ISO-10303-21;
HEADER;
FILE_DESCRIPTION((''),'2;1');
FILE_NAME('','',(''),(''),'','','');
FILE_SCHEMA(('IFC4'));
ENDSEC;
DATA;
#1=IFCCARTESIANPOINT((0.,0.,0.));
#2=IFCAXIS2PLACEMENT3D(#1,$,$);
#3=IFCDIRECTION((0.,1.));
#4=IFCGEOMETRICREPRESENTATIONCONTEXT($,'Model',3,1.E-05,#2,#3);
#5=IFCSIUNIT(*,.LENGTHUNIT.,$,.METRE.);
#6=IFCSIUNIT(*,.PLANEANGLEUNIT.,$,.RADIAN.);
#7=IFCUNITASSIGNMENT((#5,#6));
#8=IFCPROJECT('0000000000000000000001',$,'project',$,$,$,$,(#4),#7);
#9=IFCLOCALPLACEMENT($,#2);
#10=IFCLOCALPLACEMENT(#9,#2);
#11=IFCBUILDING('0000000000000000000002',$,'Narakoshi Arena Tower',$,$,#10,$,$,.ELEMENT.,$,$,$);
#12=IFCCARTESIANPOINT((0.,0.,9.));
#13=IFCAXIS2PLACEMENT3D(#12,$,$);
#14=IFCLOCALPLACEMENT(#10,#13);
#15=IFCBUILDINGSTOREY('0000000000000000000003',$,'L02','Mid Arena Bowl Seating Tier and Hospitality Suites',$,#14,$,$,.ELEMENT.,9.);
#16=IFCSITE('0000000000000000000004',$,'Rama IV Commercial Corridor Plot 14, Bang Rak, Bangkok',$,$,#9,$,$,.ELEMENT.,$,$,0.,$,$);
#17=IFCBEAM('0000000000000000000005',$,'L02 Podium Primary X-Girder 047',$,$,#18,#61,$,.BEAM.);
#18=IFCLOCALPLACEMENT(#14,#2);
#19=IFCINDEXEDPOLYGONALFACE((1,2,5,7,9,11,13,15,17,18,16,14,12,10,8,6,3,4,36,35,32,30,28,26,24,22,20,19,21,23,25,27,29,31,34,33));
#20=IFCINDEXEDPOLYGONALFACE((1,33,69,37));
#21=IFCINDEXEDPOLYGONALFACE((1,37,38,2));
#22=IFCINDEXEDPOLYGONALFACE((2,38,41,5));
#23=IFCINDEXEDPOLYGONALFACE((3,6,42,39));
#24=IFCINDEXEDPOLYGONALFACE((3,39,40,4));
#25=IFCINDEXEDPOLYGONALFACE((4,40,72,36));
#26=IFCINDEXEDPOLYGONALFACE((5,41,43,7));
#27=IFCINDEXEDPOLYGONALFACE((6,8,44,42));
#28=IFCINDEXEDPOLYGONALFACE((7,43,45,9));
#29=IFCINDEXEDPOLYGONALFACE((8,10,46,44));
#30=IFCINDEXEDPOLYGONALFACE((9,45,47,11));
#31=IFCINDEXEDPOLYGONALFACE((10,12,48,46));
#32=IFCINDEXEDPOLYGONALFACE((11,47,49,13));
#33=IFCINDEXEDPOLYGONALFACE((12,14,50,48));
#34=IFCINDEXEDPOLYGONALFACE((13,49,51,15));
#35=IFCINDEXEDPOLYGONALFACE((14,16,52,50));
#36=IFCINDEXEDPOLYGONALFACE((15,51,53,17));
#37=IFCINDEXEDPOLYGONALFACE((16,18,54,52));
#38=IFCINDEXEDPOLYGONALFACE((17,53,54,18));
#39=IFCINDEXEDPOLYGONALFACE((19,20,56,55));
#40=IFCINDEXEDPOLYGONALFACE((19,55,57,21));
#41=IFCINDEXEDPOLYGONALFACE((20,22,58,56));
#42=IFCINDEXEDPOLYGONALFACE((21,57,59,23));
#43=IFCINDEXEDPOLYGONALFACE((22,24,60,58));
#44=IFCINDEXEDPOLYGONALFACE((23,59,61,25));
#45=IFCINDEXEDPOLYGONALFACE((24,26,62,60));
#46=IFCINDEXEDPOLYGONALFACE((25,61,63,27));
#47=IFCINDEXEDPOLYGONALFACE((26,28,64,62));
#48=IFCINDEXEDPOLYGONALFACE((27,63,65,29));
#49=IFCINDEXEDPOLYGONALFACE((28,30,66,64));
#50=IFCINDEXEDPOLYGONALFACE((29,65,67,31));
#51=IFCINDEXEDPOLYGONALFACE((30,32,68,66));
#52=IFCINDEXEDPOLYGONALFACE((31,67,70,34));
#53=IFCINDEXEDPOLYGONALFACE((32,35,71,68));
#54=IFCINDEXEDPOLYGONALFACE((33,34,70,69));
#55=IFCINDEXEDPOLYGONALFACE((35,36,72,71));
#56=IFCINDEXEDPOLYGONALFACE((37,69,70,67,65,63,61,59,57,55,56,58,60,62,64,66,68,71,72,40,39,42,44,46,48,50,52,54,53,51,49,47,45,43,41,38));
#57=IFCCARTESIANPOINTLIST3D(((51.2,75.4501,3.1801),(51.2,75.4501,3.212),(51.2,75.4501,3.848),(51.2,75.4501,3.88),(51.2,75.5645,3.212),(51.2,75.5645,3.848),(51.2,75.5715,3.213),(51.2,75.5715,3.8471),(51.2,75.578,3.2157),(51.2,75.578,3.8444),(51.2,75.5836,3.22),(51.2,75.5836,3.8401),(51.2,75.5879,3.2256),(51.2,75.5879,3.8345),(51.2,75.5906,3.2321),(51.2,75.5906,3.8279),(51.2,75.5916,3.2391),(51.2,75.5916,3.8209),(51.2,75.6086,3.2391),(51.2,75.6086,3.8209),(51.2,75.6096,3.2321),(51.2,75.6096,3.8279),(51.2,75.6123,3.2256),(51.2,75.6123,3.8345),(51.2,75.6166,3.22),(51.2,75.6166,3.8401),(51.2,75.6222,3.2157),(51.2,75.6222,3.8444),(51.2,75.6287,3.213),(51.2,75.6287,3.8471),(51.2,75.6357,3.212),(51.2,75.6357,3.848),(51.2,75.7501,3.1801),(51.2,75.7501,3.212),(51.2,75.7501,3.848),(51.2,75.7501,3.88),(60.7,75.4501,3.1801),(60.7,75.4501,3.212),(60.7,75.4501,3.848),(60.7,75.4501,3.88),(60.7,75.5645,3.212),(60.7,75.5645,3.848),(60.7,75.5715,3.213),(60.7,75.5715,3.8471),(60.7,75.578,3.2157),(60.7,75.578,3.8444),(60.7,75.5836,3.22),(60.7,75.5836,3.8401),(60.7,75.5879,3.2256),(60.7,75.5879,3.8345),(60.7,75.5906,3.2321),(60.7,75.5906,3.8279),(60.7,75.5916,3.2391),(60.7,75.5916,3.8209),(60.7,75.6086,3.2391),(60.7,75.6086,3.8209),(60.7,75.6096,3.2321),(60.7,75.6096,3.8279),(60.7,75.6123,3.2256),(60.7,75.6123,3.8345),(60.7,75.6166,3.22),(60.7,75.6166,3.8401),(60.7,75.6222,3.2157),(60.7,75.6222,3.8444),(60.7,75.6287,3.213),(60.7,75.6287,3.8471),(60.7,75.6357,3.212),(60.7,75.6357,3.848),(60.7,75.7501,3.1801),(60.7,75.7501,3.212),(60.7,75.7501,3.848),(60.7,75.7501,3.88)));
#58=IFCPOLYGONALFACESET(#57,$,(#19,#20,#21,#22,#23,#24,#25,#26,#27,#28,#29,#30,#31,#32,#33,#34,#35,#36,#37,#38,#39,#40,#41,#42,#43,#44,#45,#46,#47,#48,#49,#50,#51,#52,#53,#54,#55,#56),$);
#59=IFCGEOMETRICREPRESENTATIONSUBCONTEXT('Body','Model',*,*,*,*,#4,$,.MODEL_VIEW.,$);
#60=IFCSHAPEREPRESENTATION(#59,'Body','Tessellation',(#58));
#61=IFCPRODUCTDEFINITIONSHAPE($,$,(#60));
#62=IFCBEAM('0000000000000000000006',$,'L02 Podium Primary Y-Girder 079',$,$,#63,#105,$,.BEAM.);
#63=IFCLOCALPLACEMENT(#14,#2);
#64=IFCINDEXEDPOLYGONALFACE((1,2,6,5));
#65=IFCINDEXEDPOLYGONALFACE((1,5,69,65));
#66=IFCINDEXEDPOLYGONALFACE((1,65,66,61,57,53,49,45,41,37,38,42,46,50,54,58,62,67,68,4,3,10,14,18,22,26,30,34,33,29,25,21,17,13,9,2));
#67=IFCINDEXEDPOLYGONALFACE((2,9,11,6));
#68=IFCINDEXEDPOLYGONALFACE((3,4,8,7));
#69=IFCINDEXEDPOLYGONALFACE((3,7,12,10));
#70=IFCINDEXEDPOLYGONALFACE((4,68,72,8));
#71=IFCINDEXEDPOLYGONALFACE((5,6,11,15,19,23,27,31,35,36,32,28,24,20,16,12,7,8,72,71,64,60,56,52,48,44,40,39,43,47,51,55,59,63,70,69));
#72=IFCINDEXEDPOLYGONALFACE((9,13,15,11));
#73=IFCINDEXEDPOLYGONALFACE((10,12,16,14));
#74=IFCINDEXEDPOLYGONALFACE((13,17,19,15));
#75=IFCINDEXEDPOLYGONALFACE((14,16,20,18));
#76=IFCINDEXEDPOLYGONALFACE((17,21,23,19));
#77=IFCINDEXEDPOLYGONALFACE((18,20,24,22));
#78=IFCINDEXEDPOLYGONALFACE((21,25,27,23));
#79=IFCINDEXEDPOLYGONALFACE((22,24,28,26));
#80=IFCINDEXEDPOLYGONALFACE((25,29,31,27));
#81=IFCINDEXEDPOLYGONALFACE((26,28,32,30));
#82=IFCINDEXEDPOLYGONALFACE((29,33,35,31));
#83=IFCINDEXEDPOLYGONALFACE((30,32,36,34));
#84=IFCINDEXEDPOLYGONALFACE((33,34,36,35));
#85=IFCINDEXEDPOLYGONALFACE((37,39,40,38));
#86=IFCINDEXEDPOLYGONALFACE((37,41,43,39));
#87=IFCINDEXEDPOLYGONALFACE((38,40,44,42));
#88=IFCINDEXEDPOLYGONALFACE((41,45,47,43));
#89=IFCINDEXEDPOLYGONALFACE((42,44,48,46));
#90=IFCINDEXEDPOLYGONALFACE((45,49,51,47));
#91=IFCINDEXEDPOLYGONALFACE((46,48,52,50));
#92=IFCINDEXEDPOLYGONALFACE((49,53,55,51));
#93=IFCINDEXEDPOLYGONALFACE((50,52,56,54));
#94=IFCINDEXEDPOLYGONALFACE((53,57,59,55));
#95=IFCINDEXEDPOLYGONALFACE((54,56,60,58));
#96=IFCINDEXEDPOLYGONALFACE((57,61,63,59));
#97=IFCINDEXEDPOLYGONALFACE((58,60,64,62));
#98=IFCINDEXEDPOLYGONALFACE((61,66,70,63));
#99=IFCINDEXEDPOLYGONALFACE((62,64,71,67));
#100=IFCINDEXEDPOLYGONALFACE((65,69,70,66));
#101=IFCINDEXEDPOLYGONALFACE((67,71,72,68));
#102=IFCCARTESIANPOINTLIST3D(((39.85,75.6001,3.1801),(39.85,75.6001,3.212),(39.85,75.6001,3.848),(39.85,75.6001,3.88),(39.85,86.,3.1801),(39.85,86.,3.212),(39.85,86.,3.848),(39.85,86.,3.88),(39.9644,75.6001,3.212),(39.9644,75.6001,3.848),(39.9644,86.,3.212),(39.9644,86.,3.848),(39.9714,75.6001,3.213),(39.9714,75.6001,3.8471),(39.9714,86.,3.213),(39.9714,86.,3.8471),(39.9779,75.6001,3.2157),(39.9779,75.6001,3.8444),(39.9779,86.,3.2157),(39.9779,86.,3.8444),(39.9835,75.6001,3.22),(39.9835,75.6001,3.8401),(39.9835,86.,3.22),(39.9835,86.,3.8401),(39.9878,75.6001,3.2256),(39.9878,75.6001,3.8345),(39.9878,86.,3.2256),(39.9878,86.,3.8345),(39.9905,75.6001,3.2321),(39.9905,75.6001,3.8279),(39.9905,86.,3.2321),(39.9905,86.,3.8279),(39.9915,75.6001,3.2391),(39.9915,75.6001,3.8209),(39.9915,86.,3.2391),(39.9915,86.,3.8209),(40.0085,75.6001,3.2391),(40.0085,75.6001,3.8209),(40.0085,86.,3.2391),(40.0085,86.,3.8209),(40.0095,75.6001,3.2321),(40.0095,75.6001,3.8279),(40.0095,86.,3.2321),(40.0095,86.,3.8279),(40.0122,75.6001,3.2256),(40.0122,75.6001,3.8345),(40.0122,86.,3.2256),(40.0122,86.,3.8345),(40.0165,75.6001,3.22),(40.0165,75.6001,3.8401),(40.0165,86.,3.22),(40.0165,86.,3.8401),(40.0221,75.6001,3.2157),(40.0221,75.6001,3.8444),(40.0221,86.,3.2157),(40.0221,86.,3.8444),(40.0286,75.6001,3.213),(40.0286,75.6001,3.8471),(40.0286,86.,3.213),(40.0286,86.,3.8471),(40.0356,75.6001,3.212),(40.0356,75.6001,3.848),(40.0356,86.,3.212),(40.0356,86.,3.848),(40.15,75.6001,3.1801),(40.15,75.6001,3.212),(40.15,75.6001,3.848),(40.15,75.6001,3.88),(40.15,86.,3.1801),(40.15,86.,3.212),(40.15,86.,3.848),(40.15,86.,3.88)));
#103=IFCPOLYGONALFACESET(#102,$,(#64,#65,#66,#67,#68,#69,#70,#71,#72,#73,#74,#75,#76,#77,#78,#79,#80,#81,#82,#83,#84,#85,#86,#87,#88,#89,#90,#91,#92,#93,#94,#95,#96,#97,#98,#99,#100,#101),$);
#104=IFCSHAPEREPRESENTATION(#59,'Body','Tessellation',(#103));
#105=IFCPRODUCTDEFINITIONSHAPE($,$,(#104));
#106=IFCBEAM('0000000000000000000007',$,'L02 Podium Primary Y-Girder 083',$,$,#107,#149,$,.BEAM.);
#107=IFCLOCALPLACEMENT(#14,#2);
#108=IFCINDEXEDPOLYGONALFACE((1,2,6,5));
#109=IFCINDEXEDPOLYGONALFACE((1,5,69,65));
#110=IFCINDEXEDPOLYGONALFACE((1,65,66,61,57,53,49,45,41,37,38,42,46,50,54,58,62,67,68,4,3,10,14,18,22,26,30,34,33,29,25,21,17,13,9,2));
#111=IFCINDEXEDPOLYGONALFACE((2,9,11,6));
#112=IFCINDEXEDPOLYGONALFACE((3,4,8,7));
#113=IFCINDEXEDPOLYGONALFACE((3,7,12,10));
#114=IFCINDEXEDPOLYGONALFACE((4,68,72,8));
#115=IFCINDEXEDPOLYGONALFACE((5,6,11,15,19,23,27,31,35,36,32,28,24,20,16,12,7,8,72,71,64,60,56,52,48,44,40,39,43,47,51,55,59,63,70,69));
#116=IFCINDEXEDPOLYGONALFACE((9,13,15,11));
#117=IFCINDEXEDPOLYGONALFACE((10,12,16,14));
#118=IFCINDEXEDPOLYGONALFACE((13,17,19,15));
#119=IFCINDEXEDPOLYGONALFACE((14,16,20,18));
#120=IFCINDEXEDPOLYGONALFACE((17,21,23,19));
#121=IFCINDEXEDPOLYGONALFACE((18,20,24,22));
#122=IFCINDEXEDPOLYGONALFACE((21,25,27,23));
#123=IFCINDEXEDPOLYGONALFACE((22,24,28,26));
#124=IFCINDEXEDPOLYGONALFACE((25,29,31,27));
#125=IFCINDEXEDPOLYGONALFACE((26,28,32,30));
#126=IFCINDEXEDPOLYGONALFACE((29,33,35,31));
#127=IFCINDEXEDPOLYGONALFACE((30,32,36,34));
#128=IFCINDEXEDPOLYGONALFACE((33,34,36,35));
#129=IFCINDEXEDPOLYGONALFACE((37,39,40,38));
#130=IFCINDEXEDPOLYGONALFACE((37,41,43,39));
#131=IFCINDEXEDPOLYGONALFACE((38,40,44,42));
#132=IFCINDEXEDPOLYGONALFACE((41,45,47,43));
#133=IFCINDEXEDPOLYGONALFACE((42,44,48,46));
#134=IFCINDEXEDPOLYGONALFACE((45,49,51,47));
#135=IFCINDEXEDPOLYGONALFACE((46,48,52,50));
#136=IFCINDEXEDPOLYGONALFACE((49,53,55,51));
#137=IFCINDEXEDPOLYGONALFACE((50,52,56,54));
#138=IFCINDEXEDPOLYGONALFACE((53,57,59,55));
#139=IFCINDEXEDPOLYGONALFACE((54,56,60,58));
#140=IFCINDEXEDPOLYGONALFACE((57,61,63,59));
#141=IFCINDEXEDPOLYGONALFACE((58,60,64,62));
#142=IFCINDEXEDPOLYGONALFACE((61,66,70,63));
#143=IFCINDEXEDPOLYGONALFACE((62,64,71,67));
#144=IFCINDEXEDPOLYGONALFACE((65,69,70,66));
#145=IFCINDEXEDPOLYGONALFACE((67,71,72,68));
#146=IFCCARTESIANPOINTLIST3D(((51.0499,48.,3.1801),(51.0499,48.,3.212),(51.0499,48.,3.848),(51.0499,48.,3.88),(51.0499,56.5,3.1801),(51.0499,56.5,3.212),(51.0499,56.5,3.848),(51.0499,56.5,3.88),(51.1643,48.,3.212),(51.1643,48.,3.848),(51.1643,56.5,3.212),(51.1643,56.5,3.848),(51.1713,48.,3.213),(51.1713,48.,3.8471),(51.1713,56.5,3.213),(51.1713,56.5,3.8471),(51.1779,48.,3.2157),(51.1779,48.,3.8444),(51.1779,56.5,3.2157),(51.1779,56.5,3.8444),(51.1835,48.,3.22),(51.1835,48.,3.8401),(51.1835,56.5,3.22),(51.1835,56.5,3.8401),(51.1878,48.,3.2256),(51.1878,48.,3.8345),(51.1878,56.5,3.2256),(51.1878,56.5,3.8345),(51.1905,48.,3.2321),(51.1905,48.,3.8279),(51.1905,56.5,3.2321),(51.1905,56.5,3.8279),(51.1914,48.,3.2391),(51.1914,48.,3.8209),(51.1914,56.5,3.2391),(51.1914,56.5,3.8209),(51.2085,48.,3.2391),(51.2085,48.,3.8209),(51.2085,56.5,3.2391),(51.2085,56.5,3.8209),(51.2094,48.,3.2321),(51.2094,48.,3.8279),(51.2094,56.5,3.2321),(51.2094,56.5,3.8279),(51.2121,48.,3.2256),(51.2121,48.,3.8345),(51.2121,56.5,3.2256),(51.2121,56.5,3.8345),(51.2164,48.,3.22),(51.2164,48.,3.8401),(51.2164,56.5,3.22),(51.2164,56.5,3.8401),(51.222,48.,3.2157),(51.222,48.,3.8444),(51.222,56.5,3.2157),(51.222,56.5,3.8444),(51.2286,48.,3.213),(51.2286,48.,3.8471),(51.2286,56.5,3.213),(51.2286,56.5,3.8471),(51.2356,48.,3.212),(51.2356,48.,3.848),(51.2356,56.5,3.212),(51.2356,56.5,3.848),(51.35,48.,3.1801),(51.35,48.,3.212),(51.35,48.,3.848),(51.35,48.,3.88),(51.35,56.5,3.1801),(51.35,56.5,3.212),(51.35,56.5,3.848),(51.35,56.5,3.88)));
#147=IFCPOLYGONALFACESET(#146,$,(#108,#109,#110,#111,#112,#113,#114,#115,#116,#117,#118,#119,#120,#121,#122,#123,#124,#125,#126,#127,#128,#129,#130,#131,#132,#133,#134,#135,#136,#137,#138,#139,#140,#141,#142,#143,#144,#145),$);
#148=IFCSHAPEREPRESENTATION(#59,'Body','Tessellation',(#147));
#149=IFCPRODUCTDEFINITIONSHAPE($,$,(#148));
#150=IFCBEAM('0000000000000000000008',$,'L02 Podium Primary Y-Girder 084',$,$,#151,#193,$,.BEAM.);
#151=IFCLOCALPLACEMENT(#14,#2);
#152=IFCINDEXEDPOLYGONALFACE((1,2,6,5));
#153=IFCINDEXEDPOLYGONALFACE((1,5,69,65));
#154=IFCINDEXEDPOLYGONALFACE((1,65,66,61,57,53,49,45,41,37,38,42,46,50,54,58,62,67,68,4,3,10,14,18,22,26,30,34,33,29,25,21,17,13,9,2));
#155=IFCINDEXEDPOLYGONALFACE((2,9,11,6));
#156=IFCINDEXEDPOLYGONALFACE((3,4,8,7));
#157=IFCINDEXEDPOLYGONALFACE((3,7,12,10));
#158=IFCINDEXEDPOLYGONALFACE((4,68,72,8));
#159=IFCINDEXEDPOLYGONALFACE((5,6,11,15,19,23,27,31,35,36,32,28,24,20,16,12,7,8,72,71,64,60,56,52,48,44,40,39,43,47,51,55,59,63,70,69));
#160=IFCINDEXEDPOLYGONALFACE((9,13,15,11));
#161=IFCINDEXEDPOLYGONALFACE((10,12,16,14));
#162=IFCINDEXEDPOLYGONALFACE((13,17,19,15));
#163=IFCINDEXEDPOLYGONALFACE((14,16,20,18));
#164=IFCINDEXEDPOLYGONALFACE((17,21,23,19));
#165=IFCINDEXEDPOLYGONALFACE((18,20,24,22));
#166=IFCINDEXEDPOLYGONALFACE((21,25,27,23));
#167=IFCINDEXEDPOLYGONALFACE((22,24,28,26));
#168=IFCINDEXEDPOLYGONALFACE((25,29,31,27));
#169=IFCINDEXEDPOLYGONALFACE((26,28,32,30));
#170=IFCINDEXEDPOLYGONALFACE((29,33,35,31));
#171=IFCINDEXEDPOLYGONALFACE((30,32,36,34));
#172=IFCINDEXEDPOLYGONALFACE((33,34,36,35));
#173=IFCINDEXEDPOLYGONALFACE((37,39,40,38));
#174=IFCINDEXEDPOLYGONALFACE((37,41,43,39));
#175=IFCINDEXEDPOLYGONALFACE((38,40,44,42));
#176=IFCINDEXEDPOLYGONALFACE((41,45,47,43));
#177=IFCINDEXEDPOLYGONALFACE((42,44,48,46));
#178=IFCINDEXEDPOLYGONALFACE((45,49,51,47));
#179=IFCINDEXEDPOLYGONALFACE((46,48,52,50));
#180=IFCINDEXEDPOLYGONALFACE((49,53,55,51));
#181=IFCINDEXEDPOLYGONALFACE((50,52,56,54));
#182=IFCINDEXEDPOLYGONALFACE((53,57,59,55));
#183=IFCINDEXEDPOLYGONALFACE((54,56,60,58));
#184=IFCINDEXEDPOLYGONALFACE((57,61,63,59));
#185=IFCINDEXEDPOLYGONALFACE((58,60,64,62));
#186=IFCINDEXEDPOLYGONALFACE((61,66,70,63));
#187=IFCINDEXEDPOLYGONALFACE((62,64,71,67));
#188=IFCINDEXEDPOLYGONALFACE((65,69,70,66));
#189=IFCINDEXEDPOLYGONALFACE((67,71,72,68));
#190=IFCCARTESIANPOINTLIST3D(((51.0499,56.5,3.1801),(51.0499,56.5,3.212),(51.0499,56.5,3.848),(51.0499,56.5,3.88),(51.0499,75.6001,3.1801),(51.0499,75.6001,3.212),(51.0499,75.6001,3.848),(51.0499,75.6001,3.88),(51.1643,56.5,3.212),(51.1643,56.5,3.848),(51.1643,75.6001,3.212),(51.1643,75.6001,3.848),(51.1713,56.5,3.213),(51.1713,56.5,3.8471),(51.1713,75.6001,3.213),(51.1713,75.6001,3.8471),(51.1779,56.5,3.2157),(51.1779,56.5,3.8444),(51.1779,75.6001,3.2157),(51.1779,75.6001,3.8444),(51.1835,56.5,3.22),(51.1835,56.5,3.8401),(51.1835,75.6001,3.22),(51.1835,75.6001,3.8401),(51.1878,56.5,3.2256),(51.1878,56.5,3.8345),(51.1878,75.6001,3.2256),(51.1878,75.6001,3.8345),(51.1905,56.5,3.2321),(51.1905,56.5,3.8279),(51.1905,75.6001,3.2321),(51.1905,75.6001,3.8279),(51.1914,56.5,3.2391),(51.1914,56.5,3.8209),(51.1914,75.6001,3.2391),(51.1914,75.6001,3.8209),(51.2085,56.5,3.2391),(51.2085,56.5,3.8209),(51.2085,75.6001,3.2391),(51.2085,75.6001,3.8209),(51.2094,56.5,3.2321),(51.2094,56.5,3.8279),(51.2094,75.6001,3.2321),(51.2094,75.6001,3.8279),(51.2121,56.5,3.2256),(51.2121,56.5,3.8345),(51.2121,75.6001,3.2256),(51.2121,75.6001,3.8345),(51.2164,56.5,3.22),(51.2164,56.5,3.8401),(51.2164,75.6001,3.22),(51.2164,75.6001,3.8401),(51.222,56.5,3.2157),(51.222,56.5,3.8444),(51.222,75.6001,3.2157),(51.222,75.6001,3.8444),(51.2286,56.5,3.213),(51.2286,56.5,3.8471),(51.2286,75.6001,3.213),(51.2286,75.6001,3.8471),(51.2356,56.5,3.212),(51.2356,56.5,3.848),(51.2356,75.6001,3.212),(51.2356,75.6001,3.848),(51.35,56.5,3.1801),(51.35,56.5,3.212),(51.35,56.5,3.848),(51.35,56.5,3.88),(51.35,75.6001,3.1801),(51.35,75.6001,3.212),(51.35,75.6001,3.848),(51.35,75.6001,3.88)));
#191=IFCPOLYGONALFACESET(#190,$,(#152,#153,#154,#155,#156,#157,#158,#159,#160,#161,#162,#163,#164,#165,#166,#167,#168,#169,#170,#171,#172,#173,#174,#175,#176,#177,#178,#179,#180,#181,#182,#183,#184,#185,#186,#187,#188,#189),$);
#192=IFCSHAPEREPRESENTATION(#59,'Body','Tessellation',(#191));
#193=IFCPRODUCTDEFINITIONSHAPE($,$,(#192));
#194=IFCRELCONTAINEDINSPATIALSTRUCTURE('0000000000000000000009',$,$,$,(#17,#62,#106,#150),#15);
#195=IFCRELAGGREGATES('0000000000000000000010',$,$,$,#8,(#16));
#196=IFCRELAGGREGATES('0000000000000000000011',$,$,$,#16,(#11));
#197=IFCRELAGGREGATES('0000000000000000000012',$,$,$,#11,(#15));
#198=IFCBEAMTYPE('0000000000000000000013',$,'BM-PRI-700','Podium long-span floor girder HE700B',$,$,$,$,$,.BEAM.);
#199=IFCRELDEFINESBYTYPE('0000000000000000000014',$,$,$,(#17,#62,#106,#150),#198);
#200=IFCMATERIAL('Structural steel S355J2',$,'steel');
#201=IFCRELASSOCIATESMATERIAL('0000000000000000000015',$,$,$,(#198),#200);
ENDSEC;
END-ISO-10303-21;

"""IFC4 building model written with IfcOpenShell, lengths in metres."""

from ifc_helpers import new_model, si_unit, direction, frame, origin, origin_2d, place, context, subcontext, project, spatial, i_section, extrude, material, material_profile, profile_set, type_object, element, save


model = new_model("IFC4")

# Units and contexts
model_context = context("Model", 3, precision=1e-05, world=origin(), true_north=direction((0.0, 1.0)))
body_context = subcontext(model_context, "Body", "Model", "MODEL_VIEW")
ifc_project = project(units=[si_unit("LENGTHUNIT", "METRE"), si_unit("PLANEANGLEUNIT", "RADIAN")], contexts=[model_context])

# Site, building, storey
site_placement = place(None, origin())
site = spatial("IfcSite", under=ifc_project, at=site_placement, Name="Rama IV Commercial Corridor Plot 14, Bang Rak, Bangkok", CompositionType="ELEMENT", RefElevation=0.0)
building_placement = place(site_placement, origin())
building = spatial("IfcBuilding", under=site, at=building_placement, Name="Narakoshi Arena Tower", CompositionType="ELEMENT")
storey_placement = place(building_placement, frame((0.0, 0.0, 9.0)))
storey = spatial("IfcBuildingStorey", under=building, at=storey_placement, Name="L02", Description="Mid Arena Bowl Seating Tier and Hospitality Suites", CompositionType="ELEMENT", Elevation=9.0)

# Beams
ifc_material_1 = material(Name="Structural steel S355J2", Category="steel")
ifc_material_profile_1 = material_profile(ifc_material_1, i_section(OverallWidth=0.3, OverallDepth=0.7, WebThickness=0.0171, FlangeThickness=0.032, FilletRadius=0.0271, at=origin_2d()), Name="HE700B")
ifc_profile_set_1 = profile_set([ifc_material_profile_1], Name="Structural steel S355J2")
beam_type_1 = type_object("IfcBeamType", Name="BM-PRI-700", Description="Podium long-span floor girder HE700B", PredefinedType="BEAM", material=ifc_profile_set_1)
beam_1_placement = place(storey_placement, frame((51.2, 75.6001, 3.53), z_axis=(1.0, 0.0, 0.0), x_axis=(0.0, 1.0, 0.0)))
element("IfcBeam", 1, at=beam_1_placement, inside=storey, type_object=beam_type_1, Name="L02 Podium Primary X-Girder 047", PredefinedType="BEAM", context=body_context, shape_type="SweptSolid", body=[
    extrude(i_section(OverallWidth=0.3, OverallDepth=0.7, WebThickness=0.0171, FlangeThickness=0.032, FilletRadius=0.0271, at=origin_2d()), origin(), (0.0, 0.0, 1.0), 9.5),
])
beam_2_placement = place(storey_placement, frame((40.0, 75.6001, 3.53), z_axis=(0.0, 1.0, 0.0), x_axis=(-1.0, 0.0, 0.0)))
element("IfcBeam", 2, at=beam_2_placement, inside=storey, type_object=beam_type_1, Name="L02 Podium Primary Y-Girder 079", PredefinedType="BEAM", context=body_context, shape_type="SweptSolid", body=[
    extrude(i_section(OverallWidth=0.3, OverallDepth=0.7, WebThickness=0.0171, FlangeThickness=0.032, FilletRadius=0.0271, at=origin_2d()), origin(), (0.0, 0.0, 1.0), 10.3999),
])
beam_3_placement = place(storey_placement, frame((51.2, 48.0, 3.53), z_axis=(0.0, 1.0, 0.0), x_axis=(-1.0, 0.0, 0.0)))
element("IfcBeam", 3, at=beam_3_placement, inside=storey, type_object=beam_type_1, Name="L02 Podium Primary Y-Girder 083", PredefinedType="BEAM", context=body_context, shape_type="SweptSolid", body=[
    extrude(i_section(OverallWidth=0.3, OverallDepth=0.7, WebThickness=0.0171, FlangeThickness=0.032, FilletRadius=0.0271, at=origin_2d()), origin(), (0.0, 0.0, 1.0), 8.5),
])
for number, where, z_axis, x_axis, name in (
    (4, (51.2, 56.5, 3.53), (0.0, 1.0, 0.0), (-1.0, 0.0, 0.0), "L02 Podium Primary Y-Girder 084"),
):
    element("IfcBeam", number, at=place(storey_placement, frame(where, z_axis=z_axis, x_axis=x_axis)), inside=storey, type_object=beam_type_1, Name=name, PredefinedType="BEAM", context=body_context, shape_type="SweptSolid", body=[
        extrude(i_section(OverallWidth=0.3, OverallDepth=0.7, WebThickness=0.0171, FlangeThickness=0.032, FilletRadius=0.0271, at=origin_2d()), origin(), (0.0, 0.0, 1.0), 19.1001),
    ])

save(model, "model.ifc")
